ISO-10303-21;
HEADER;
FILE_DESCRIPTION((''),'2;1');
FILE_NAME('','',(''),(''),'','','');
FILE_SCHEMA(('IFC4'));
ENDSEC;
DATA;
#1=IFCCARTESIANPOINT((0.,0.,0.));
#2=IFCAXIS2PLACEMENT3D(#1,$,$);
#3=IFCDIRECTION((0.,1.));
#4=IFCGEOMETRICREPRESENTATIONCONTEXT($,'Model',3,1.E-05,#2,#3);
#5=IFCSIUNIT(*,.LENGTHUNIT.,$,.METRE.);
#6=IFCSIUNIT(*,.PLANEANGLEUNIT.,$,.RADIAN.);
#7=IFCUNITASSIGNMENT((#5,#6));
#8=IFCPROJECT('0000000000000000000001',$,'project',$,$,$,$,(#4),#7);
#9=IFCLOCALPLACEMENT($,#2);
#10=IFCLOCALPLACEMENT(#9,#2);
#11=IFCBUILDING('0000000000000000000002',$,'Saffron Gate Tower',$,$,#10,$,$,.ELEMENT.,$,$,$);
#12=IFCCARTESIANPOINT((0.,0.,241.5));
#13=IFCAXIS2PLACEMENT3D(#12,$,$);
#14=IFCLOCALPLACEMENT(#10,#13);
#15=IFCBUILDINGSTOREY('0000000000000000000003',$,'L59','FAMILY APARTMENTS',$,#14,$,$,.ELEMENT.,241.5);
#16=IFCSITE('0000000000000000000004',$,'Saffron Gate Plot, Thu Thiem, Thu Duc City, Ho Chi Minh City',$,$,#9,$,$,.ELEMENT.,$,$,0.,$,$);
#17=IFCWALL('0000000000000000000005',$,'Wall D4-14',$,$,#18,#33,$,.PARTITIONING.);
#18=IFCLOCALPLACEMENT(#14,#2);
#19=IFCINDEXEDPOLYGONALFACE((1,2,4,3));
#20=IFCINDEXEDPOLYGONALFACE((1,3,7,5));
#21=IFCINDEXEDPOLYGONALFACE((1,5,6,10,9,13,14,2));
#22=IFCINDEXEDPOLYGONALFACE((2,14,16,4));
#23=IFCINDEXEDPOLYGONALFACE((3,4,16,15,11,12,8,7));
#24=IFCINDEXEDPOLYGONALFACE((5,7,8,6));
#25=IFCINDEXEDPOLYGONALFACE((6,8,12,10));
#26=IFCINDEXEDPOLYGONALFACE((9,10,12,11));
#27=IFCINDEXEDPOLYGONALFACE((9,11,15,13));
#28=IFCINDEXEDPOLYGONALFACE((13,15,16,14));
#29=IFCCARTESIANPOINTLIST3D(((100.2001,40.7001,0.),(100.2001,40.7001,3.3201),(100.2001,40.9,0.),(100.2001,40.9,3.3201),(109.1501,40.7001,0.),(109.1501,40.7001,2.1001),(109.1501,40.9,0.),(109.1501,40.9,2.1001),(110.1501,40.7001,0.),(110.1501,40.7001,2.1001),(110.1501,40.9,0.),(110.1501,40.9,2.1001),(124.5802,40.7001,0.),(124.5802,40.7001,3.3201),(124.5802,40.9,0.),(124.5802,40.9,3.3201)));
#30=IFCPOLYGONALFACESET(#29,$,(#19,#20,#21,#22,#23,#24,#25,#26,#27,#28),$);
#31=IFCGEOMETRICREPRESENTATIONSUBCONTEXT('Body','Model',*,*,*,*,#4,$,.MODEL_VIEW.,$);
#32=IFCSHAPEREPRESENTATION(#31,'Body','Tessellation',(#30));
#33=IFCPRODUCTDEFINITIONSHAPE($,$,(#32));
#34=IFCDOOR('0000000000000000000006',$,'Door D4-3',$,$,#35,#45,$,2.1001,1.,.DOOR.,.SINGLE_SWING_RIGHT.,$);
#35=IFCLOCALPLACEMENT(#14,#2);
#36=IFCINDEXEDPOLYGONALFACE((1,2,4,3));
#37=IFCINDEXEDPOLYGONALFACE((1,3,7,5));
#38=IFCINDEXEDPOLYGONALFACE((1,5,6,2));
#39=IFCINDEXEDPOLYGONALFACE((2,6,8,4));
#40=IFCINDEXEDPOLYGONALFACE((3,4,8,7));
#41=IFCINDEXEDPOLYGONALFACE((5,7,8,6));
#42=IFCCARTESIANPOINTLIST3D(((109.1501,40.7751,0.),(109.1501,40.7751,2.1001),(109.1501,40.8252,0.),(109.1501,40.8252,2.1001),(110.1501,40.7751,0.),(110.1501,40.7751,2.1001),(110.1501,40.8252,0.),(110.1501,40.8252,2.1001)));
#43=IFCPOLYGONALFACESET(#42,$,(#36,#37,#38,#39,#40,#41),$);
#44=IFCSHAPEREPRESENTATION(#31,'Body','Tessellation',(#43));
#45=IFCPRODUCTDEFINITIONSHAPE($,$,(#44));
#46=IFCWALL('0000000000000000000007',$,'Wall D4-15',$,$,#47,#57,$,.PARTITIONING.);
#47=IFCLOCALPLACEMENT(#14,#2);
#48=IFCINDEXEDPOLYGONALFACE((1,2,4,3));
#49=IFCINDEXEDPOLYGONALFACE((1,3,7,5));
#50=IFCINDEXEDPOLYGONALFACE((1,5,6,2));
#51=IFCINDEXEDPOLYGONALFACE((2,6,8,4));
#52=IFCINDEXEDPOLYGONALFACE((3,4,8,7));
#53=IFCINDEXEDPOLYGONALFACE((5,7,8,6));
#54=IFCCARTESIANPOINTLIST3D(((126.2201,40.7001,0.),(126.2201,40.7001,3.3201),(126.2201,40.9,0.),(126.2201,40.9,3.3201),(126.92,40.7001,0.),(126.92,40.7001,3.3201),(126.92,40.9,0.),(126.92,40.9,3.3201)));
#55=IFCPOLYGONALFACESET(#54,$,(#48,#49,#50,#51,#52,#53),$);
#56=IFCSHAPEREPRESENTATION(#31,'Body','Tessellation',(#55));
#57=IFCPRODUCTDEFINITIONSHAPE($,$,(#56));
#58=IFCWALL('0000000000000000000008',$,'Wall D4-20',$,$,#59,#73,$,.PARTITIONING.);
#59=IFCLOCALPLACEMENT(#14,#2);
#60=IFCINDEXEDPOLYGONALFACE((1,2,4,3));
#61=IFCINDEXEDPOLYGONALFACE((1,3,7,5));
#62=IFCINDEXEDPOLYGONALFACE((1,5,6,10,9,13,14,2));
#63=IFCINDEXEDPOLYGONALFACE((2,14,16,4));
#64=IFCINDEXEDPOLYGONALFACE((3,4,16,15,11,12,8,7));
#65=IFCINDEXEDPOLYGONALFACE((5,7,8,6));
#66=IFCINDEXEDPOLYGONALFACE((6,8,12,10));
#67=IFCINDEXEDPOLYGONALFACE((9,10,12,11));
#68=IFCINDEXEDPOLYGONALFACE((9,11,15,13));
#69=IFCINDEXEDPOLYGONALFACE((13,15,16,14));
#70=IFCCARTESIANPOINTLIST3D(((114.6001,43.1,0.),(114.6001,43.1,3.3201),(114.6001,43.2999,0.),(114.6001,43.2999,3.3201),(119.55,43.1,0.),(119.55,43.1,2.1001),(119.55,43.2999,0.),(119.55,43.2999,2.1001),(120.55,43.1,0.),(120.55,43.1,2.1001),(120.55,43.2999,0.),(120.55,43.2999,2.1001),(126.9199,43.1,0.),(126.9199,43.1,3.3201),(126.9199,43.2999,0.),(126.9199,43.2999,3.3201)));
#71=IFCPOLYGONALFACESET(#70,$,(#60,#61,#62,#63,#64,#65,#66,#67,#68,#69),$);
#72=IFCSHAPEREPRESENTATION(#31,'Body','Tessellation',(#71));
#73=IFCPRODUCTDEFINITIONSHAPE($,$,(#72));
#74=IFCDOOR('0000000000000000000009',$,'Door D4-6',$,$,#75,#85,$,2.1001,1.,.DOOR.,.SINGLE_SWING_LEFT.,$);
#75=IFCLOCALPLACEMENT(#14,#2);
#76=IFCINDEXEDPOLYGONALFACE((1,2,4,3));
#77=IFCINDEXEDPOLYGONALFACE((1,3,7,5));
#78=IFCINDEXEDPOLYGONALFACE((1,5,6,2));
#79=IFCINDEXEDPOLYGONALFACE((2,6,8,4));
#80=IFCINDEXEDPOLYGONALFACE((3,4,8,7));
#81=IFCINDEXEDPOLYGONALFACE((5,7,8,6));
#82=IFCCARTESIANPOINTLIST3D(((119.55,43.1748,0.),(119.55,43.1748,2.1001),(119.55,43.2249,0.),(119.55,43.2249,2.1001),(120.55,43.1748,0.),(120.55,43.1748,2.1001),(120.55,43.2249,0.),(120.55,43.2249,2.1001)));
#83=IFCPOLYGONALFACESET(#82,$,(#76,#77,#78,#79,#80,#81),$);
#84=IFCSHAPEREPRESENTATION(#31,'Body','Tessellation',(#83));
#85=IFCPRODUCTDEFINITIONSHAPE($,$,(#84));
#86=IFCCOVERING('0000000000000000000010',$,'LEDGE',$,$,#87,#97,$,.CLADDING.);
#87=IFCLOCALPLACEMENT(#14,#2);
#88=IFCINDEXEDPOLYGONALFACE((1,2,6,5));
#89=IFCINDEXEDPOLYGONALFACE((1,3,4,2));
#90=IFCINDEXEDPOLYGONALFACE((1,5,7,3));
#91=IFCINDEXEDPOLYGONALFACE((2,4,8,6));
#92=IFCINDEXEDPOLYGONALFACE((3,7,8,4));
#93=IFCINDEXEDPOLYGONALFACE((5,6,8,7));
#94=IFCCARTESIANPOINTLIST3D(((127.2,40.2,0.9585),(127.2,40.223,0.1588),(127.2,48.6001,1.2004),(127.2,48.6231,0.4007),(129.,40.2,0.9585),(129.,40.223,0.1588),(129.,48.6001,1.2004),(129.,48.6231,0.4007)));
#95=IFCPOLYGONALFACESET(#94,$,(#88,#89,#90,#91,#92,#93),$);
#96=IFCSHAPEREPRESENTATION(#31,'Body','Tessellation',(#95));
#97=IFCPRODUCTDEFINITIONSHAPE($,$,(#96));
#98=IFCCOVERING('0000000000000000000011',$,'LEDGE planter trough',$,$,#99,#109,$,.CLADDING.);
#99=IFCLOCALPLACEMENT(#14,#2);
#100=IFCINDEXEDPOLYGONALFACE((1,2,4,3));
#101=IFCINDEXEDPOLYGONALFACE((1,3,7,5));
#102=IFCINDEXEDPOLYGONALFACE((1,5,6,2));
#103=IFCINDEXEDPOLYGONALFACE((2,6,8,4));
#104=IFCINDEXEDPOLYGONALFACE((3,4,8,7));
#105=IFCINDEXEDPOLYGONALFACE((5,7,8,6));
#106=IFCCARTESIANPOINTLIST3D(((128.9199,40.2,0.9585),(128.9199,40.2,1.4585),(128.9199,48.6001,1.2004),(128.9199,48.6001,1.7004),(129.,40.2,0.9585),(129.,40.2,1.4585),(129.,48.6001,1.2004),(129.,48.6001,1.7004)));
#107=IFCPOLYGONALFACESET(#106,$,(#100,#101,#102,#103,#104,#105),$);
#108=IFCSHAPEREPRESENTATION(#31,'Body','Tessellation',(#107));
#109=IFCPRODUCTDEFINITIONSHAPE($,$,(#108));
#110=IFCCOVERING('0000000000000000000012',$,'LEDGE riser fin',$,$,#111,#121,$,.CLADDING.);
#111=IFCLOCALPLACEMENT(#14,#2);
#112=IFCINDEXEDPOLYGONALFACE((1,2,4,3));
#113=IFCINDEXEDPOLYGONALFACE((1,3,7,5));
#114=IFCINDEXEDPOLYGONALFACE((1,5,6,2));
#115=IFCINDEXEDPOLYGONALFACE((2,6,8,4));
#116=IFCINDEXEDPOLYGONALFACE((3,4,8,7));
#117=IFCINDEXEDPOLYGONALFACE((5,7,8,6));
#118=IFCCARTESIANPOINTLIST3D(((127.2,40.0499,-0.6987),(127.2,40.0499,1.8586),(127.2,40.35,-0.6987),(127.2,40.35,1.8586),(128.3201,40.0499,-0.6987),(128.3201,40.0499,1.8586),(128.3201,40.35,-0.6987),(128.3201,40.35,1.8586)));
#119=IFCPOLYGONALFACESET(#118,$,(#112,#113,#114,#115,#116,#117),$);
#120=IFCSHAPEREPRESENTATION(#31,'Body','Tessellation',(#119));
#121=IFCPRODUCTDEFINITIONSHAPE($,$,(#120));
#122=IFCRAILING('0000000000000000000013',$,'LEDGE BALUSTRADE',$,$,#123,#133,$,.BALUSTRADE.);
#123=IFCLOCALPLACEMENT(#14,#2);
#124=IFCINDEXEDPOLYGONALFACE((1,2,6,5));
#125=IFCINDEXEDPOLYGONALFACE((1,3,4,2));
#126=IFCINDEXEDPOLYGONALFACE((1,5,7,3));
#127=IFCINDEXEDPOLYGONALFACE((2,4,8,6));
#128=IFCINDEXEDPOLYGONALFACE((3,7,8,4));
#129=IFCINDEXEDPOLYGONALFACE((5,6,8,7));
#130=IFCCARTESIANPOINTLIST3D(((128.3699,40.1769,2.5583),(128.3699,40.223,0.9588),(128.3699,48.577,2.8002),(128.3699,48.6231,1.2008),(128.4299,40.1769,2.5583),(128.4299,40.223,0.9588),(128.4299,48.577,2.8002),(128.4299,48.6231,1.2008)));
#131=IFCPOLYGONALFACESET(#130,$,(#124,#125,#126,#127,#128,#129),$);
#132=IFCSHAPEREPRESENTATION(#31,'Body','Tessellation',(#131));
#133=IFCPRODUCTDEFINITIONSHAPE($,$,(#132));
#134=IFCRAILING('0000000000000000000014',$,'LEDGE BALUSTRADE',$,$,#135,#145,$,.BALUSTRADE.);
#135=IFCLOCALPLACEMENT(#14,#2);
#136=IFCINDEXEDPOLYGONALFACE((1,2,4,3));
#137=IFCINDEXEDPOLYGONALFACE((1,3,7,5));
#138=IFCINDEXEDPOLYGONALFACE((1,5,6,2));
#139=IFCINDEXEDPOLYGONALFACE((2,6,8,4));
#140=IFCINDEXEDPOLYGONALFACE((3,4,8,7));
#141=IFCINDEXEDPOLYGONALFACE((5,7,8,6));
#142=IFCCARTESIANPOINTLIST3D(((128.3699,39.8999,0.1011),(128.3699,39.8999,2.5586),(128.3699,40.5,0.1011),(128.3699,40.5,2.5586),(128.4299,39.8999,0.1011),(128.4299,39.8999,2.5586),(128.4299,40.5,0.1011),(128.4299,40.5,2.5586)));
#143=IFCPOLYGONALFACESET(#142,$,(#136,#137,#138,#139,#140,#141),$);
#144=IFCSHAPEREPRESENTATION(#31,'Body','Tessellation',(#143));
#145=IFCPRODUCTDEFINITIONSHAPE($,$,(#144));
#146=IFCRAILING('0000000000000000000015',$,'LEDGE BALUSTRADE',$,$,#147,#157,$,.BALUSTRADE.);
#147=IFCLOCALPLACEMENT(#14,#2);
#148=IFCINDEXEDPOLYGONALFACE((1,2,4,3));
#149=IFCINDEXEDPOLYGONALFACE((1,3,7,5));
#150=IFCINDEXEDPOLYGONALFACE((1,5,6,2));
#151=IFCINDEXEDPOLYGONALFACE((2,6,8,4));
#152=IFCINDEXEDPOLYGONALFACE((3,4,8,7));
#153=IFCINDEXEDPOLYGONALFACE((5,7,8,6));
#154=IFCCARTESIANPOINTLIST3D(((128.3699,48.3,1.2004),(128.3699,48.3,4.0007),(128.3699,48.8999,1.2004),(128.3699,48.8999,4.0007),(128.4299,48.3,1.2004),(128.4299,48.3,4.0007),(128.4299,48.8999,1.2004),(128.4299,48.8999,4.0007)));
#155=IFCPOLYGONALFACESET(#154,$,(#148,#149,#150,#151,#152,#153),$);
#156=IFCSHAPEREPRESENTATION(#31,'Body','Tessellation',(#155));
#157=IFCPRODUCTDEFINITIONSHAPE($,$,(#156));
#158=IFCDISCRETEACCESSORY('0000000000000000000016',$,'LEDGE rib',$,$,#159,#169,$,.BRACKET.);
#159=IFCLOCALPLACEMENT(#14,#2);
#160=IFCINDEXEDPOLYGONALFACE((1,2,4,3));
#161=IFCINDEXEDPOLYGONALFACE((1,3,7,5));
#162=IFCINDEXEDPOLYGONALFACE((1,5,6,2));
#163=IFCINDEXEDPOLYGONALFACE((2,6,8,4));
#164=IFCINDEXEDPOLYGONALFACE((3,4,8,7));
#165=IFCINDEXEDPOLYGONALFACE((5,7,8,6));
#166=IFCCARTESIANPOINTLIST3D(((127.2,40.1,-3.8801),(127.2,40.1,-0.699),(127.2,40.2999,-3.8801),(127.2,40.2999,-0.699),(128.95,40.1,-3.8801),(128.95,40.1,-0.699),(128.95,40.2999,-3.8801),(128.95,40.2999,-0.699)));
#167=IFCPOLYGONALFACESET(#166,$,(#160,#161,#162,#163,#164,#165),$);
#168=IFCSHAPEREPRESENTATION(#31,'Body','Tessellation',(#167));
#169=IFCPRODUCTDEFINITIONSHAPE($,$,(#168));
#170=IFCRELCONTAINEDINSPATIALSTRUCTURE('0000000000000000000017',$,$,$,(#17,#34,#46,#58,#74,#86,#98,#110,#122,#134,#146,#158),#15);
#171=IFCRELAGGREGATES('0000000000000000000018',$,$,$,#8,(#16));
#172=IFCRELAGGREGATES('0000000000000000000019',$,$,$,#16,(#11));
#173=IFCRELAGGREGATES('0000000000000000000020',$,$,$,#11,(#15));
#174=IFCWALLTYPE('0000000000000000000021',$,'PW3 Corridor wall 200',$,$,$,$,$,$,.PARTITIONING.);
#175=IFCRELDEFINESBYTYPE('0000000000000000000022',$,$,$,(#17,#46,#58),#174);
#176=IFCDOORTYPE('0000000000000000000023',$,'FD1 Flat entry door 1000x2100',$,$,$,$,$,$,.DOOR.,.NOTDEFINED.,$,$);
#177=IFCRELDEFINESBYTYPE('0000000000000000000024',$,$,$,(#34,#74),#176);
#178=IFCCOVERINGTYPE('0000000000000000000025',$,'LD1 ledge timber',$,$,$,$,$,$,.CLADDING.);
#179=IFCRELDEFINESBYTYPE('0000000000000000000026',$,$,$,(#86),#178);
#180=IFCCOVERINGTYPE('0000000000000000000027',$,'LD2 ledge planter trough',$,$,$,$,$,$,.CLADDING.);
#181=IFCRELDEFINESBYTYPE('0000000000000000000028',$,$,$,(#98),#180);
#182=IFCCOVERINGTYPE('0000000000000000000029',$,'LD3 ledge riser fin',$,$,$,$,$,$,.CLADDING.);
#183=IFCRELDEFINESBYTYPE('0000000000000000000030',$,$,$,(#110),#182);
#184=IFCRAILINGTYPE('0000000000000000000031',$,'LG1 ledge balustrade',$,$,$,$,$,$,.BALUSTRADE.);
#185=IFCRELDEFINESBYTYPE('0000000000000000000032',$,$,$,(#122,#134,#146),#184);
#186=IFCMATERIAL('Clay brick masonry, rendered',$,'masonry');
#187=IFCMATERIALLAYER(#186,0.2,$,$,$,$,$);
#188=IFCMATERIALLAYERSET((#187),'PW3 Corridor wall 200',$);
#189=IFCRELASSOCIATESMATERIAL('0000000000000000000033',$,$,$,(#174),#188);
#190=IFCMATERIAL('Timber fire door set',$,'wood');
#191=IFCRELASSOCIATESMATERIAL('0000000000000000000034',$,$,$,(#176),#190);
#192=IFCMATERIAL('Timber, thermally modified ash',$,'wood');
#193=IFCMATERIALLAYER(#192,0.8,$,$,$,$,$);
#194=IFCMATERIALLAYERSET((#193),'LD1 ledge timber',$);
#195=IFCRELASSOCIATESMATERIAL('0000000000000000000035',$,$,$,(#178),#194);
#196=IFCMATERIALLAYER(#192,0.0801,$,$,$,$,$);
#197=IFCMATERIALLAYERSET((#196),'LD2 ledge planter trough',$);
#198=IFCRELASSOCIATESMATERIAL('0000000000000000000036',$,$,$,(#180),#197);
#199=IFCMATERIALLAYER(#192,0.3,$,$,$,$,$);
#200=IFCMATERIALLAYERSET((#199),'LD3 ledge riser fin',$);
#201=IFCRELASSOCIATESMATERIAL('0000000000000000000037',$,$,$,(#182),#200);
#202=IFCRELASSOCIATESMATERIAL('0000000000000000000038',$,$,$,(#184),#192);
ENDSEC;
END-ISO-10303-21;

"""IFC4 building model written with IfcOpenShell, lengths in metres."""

from ifc_helpers import new_model, si_unit, direction, frame, frame_2d, origin, origin_2d, place, context, subcontext, project, spatial, polyline, rectangle, outline, extrude, material, layer, layer_set, type_object, element, fill, save


model = new_model("IFC4")

# Units and contexts
model_context = context("Model", 3, precision=1e-05, world=origin(), true_north=direction((0.0, 1.0)))
body_context = subcontext(model_context, "Body", "Model", "MODEL_VIEW")
ifc_project = project(units=[si_unit("LENGTHUNIT", "METRE"), si_unit("PLANEANGLEUNIT", "RADIAN")], contexts=[model_context])

# Site, building, storey
site_placement = place(None, origin())
site = spatial("IfcSite", under=ifc_project, at=site_placement, Name="Saffron Gate Plot, Thu Thiem, Thu Duc City, Ho Chi Minh City", CompositionType="ELEMENT", RefElevation=0.0)
building_placement = place(site_placement, origin())
building = spatial("IfcBuilding", under=site, at=building_placement, Name="Saffron Gate Tower", CompositionType="ELEMENT")
storey_placement = place(building_placement, frame((0.0, 0.0, 241.5)))
storey = spatial("IfcBuildingStorey", under=building, at=storey_placement, Name="L59", Description="FAMILY APARTMENTS", CompositionType="ELEMENT", Elevation=241.5)

# Wall, opening, door
ifc_material_1 = material(Name="Clay brick masonry, rendered", Category="masonry")
ifc_layer_1 = layer(ifc_material_1, 0.2)
ifc_layer_set_1 = layer_set([ifc_layer_1], Name="PW3 Corridor wall 200")
wall_type_1 = type_object("IfcWallType", Name="PW3 Corridor wall 200", PredefinedType="PARTITIONING", material=ifc_layer_set_1)
wall_1_placement = place(storey_placement, frame((124.5801, 40.8, 0.0), z_axis=(0.0, 0.0, 1.0), x_axis=(-1.0, 0.0, 0.0)))
wall_1 = element("IfcWall", 1, at=wall_1_placement, inside=storey, type_object=wall_type_1, Name="Wall D4-14", PredefinedType="PARTITIONING", context=body_context, shape_type="SweptSolid", body=[
    extrude(rectangle(XDim=24.3801, YDim=0.2, at=frame_2d((12.1899, 0.0))), origin(), (0.0, 0.0, 1.0), 3.3201),
])
opening_1_placement = place(wall_1_placement, frame((14.4299, 0.0, 0.0)))
opening_1 = element("IfcOpeningElement", 2, at=opening_1_placement, cuts=wall_1, PredefinedType="OPENING", context=body_context, shape_type="SweptSolid", body=[
    extrude(rectangle(XDim=1.0, YDim=2.1001, at=frame_2d((0.5, 1.05))), frame((0.0, 0.1099, 0.0), z_axis=(0.0, -1.0, 0.0), x_axis=(1.0, 0.0, 0.0)), (0.0, 0.0, 1.0), 0.22),
])
ifc_material_2 = material(Name="Timber fire door set", Category="wood")
door_type_1 = type_object("IfcDoorType", Name="FD1 Flat entry door 1000x2100", OperationType="NOTDEFINED", PredefinedType="DOOR", material=ifc_material_2)
door_1_placement = place(opening_1_placement, origin())
door_1 = element("IfcDoor", 3, at=door_1_placement, inside=storey, type_object=door_type_1, Name="Door D4-3", OperationType="SINGLE_SWING_RIGHT", OverallHeight=2.1001, OverallWidth=1.0, PredefinedType="DOOR", context=body_context, shape_type="SweptSolid", body=[
    extrude(rectangle(XDim=1.0, YDim=2.1001, at=frame_2d((0.5, 1.05))), frame((0.0, 0.0249, 0.0), z_axis=(0.0, -1.0, 0.0), x_axis=(1.0, 0.0, 0.0)), (0.0, 0.0, 1.0), 0.05),
])
fill(opening_1, door_1)

# Wall
wall_2_placement = place(storey_placement, frame((126.22, 40.8, 0.0), z_axis=(0.0, 0.0, 1.0), x_axis=(1.0, 0.0, 0.0)))
element("IfcWall", 4, at=wall_2_placement, inside=storey, type_object=wall_type_1, Name="Wall D4-15", PredefinedType="PARTITIONING", context=body_context, shape_type="SweptSolid", body=[
    extrude(rectangle(XDim=0.7, YDim=0.2, at=frame_2d((0.3501, 0.0))), origin(), (0.0, 0.0, 1.0), 3.3201),
])

# Wall, opening, door
wall_3_placement = place(storey_placement, frame((114.6001, 43.2, 0.0), z_axis=(0.0, 0.0, 1.0), x_axis=(1.0, 0.0, 0.0)))
wall_3 = element("IfcWall", 5, at=wall_3_placement, inside=storey, type_object=wall_type_1, Name="Wall D4-20", PredefinedType="PARTITIONING", context=body_context, shape_type="SweptSolid", body=[
    extrude(rectangle(XDim=12.3198, YDim=0.2, at=frame_2d((6.1599, 0.0))), origin(), (0.0, 0.0, 1.0), 3.3201),
])
opening_2_placement = place(wall_3_placement, frame((4.95, 0.0, 0.0)))
opening_2 = element("IfcOpeningElement", 6, at=opening_2_placement, cuts=wall_3, PredefinedType="OPENING", context=body_context, shape_type="SweptSolid", body=[
    extrude(rectangle(XDim=1.0, YDim=2.1001, at=frame_2d((0.5, 1.05))), frame((0.0, 0.1099, 0.0), z_axis=(0.0, -1.0, 0.0), x_axis=(1.0, 0.0, 0.0)), (0.0, 0.0, 1.0), 0.22),
])
door_2_placement = place(opening_2_placement, origin())
door_2 = element("IfcDoor", 7, at=door_2_placement, inside=storey, type_object=door_type_1, Name="Door D4-6", OperationType="SINGLE_SWING_LEFT", OverallHeight=2.1001, OverallWidth=1.0, PredefinedType="DOOR", context=body_context, shape_type="SweptSolid", body=[
    extrude(rectangle(XDim=1.0, YDim=2.1001, at=frame_2d((0.5, 1.05))), frame((0.0, 0.0249, 0.0), z_axis=(0.0, -1.0, 0.0), x_axis=(1.0, 0.0, 0.0)), (0.0, 0.0, 1.0), 0.05),
])
fill(opening_2, door_2)

# Coverings
ifc_material_3 = material(Name="Timber, thermally modified ash", Category="wood")
ifc_layer_2 = layer(ifc_material_3, 0.8)
ifc_layer_set_2 = layer_set([ifc_layer_2], Name="LD1 ledge timber")
covering_type_1 = type_object("IfcCoveringType", Name="LD1 ledge timber", PredefinedType="CLADDING", material=ifc_layer_set_2)
covering_1_placement = place(storey_placement, frame((127.2, 40.2, 0.9585), z_axis=(0.0, -0.02879, 0.999585), x_axis=(0.0, 0.999585, 0.02879)))
element("IfcCovering", 8, at=covering_1_placement, inside=storey, type_object=covering_type_1, Name="LEDGE", PredefinedType="CLADDING", context=body_context, shape_type="SweptSolid", body=[
    extrude(outline(polyline([(0.0, 0.0), (8.4036, 0.0), (8.4036, -1.8), (0.0, -1.8), (0.0, 0.0)])), origin(), (0.0, 0.0, -1.0), 0.8),
])
ifc_layer_3 = layer(ifc_material_3, 0.0801)
ifc_layer_set_3 = layer_set([ifc_layer_3], Name="LD2 ledge planter trough")
covering_type_2 = type_object("IfcCoveringType", Name="LD2 ledge planter trough", PredefinedType="CLADDING", material=ifc_layer_set_3)
covering_2_placement = place(storey_placement, frame((129.0, 40.2, 0.9585), z_axis=(1.0, 0.0, 0.0), x_axis=(0.0, 0.999585, 0.02879)))
element("IfcCovering", 9, at=covering_2_placement, inside=storey, type_object=covering_type_2, Name="LEDGE planter trough", PredefinedType="CLADDING", context=body_context, shape_type="SweptSolid", body=[
    extrude(outline(polyline([(0.0, 0.0), (8.4036, 0.0), (8.418, 0.4998), (0.0144, 0.4998), (0.0, 0.0)])), origin(), (0.0, 0.0, -1.0), 0.0801),
])
ifc_layer_4 = layer(ifc_material_3, 0.3)
ifc_layer_set_4 = layer_set([ifc_layer_4], Name="LD3 ledge riser fin")
covering_type_3 = type_object("IfcCoveringType", Name="LD3 ledge riser fin", PredefinedType="CLADDING", material=ifc_layer_set_4)
covering_3_placement = place(storey_placement, frame((127.76, 40.2, -0.6987), z_axis=(0.0, 0.0, 1.0), x_axis=(0.0, 1.0, 0.0)))
element("IfcCovering", 10, at=covering_3_placement, inside=storey, type_object=covering_type_3, Name="LEDGE riser fin", PredefinedType="CLADDING", context=body_context, shape_type="SweptSolid", body=[
    extrude(rectangle(XDim=0.3, YDim=1.1201, at=origin_2d()), origin(), (0.0, 0.0, 1.0), 2.5574),
])

# Railings
railing_type = type_object("IfcRailingType", Name="LG1 ledge balustrade", PredefinedType="BALUSTRADE", material=ifc_material_3)
railing_1_placement = place(storey_placement, frame((128.3999, 40.2, 0.9585)))
element("IfcRailing", 11, at=railing_1_placement, inside=storey, type_object=railing_type, Name="LEDGE BALUSTRADE", PredefinedType="BALUSTRADE", context=body_context, shape_type="SweptSolid", body=[
    extrude(rectangle(XDim=0.0601, YDim=1.6001, at=origin_2d()), frame((0.0, 0.0, 0.8), z_axis=(0.0, 0.999585, 0.02879), x_axis=(-1.0, 0.0, 0.0)), (0.0, 0.0, 1.0), 8.4036),
])
railing_2_placement = place(storey_placement, frame((128.3999, 39.8999, 0.1011)))
element("IfcRailing", 12, at=railing_2_placement, inside=storey, type_object=railing_type, Name="LEDGE BALUSTRADE", PredefinedType="BALUSTRADE", context=body_context, shape_type="SweptSolid", body=[
    extrude(rectangle(XDim=0.0601, YDim=2.4575, at=origin_2d()), frame((0.0, 0.0, 1.2288), z_axis=(0.0, 1.0, 0.0), x_axis=(-1.0, 0.0, 0.0)), (0.0, 0.0, 1.0), 0.6001),
])
railing_3_placement = place(storey_placement, frame((128.3999, 48.3, 1.2004)))
element("IfcRailing", 13, at=railing_3_placement, inside=storey, type_object=railing_type, Name="LEDGE BALUSTRADE", PredefinedType="BALUSTRADE", context=body_context, shape_type="SweptSolid", body=[
    extrude(rectangle(XDim=0.0601, YDim=2.8003, at=origin_2d()), frame((0.0, 0.0, 1.4001), z_axis=(0.0, 1.0, 0.0), x_axis=(-1.0, 0.0, 0.0)), (0.0, 0.0, 1.0), 0.5999),
])

# Discrete accessory
discrete_accessory_placement = place(storey_placement, frame((128.075, 40.2, -3.8801), z_axis=(0.0, 0.0, 1.0), x_axis=(0.0, 1.0, 0.0)))
element("IfcDiscreteAccessory", 14, at=discrete_accessory_placement, inside=storey, Name="LEDGE rib", PredefinedType="BRACKET", context=body_context, shape_type="SweptSolid", body=[
    extrude(rectangle(XDim=0.2, YDim=1.75, at=origin_2d()), origin(), (0.0, 0.0, 1.0), 3.1812),
])

save(model, "model.ifc")
